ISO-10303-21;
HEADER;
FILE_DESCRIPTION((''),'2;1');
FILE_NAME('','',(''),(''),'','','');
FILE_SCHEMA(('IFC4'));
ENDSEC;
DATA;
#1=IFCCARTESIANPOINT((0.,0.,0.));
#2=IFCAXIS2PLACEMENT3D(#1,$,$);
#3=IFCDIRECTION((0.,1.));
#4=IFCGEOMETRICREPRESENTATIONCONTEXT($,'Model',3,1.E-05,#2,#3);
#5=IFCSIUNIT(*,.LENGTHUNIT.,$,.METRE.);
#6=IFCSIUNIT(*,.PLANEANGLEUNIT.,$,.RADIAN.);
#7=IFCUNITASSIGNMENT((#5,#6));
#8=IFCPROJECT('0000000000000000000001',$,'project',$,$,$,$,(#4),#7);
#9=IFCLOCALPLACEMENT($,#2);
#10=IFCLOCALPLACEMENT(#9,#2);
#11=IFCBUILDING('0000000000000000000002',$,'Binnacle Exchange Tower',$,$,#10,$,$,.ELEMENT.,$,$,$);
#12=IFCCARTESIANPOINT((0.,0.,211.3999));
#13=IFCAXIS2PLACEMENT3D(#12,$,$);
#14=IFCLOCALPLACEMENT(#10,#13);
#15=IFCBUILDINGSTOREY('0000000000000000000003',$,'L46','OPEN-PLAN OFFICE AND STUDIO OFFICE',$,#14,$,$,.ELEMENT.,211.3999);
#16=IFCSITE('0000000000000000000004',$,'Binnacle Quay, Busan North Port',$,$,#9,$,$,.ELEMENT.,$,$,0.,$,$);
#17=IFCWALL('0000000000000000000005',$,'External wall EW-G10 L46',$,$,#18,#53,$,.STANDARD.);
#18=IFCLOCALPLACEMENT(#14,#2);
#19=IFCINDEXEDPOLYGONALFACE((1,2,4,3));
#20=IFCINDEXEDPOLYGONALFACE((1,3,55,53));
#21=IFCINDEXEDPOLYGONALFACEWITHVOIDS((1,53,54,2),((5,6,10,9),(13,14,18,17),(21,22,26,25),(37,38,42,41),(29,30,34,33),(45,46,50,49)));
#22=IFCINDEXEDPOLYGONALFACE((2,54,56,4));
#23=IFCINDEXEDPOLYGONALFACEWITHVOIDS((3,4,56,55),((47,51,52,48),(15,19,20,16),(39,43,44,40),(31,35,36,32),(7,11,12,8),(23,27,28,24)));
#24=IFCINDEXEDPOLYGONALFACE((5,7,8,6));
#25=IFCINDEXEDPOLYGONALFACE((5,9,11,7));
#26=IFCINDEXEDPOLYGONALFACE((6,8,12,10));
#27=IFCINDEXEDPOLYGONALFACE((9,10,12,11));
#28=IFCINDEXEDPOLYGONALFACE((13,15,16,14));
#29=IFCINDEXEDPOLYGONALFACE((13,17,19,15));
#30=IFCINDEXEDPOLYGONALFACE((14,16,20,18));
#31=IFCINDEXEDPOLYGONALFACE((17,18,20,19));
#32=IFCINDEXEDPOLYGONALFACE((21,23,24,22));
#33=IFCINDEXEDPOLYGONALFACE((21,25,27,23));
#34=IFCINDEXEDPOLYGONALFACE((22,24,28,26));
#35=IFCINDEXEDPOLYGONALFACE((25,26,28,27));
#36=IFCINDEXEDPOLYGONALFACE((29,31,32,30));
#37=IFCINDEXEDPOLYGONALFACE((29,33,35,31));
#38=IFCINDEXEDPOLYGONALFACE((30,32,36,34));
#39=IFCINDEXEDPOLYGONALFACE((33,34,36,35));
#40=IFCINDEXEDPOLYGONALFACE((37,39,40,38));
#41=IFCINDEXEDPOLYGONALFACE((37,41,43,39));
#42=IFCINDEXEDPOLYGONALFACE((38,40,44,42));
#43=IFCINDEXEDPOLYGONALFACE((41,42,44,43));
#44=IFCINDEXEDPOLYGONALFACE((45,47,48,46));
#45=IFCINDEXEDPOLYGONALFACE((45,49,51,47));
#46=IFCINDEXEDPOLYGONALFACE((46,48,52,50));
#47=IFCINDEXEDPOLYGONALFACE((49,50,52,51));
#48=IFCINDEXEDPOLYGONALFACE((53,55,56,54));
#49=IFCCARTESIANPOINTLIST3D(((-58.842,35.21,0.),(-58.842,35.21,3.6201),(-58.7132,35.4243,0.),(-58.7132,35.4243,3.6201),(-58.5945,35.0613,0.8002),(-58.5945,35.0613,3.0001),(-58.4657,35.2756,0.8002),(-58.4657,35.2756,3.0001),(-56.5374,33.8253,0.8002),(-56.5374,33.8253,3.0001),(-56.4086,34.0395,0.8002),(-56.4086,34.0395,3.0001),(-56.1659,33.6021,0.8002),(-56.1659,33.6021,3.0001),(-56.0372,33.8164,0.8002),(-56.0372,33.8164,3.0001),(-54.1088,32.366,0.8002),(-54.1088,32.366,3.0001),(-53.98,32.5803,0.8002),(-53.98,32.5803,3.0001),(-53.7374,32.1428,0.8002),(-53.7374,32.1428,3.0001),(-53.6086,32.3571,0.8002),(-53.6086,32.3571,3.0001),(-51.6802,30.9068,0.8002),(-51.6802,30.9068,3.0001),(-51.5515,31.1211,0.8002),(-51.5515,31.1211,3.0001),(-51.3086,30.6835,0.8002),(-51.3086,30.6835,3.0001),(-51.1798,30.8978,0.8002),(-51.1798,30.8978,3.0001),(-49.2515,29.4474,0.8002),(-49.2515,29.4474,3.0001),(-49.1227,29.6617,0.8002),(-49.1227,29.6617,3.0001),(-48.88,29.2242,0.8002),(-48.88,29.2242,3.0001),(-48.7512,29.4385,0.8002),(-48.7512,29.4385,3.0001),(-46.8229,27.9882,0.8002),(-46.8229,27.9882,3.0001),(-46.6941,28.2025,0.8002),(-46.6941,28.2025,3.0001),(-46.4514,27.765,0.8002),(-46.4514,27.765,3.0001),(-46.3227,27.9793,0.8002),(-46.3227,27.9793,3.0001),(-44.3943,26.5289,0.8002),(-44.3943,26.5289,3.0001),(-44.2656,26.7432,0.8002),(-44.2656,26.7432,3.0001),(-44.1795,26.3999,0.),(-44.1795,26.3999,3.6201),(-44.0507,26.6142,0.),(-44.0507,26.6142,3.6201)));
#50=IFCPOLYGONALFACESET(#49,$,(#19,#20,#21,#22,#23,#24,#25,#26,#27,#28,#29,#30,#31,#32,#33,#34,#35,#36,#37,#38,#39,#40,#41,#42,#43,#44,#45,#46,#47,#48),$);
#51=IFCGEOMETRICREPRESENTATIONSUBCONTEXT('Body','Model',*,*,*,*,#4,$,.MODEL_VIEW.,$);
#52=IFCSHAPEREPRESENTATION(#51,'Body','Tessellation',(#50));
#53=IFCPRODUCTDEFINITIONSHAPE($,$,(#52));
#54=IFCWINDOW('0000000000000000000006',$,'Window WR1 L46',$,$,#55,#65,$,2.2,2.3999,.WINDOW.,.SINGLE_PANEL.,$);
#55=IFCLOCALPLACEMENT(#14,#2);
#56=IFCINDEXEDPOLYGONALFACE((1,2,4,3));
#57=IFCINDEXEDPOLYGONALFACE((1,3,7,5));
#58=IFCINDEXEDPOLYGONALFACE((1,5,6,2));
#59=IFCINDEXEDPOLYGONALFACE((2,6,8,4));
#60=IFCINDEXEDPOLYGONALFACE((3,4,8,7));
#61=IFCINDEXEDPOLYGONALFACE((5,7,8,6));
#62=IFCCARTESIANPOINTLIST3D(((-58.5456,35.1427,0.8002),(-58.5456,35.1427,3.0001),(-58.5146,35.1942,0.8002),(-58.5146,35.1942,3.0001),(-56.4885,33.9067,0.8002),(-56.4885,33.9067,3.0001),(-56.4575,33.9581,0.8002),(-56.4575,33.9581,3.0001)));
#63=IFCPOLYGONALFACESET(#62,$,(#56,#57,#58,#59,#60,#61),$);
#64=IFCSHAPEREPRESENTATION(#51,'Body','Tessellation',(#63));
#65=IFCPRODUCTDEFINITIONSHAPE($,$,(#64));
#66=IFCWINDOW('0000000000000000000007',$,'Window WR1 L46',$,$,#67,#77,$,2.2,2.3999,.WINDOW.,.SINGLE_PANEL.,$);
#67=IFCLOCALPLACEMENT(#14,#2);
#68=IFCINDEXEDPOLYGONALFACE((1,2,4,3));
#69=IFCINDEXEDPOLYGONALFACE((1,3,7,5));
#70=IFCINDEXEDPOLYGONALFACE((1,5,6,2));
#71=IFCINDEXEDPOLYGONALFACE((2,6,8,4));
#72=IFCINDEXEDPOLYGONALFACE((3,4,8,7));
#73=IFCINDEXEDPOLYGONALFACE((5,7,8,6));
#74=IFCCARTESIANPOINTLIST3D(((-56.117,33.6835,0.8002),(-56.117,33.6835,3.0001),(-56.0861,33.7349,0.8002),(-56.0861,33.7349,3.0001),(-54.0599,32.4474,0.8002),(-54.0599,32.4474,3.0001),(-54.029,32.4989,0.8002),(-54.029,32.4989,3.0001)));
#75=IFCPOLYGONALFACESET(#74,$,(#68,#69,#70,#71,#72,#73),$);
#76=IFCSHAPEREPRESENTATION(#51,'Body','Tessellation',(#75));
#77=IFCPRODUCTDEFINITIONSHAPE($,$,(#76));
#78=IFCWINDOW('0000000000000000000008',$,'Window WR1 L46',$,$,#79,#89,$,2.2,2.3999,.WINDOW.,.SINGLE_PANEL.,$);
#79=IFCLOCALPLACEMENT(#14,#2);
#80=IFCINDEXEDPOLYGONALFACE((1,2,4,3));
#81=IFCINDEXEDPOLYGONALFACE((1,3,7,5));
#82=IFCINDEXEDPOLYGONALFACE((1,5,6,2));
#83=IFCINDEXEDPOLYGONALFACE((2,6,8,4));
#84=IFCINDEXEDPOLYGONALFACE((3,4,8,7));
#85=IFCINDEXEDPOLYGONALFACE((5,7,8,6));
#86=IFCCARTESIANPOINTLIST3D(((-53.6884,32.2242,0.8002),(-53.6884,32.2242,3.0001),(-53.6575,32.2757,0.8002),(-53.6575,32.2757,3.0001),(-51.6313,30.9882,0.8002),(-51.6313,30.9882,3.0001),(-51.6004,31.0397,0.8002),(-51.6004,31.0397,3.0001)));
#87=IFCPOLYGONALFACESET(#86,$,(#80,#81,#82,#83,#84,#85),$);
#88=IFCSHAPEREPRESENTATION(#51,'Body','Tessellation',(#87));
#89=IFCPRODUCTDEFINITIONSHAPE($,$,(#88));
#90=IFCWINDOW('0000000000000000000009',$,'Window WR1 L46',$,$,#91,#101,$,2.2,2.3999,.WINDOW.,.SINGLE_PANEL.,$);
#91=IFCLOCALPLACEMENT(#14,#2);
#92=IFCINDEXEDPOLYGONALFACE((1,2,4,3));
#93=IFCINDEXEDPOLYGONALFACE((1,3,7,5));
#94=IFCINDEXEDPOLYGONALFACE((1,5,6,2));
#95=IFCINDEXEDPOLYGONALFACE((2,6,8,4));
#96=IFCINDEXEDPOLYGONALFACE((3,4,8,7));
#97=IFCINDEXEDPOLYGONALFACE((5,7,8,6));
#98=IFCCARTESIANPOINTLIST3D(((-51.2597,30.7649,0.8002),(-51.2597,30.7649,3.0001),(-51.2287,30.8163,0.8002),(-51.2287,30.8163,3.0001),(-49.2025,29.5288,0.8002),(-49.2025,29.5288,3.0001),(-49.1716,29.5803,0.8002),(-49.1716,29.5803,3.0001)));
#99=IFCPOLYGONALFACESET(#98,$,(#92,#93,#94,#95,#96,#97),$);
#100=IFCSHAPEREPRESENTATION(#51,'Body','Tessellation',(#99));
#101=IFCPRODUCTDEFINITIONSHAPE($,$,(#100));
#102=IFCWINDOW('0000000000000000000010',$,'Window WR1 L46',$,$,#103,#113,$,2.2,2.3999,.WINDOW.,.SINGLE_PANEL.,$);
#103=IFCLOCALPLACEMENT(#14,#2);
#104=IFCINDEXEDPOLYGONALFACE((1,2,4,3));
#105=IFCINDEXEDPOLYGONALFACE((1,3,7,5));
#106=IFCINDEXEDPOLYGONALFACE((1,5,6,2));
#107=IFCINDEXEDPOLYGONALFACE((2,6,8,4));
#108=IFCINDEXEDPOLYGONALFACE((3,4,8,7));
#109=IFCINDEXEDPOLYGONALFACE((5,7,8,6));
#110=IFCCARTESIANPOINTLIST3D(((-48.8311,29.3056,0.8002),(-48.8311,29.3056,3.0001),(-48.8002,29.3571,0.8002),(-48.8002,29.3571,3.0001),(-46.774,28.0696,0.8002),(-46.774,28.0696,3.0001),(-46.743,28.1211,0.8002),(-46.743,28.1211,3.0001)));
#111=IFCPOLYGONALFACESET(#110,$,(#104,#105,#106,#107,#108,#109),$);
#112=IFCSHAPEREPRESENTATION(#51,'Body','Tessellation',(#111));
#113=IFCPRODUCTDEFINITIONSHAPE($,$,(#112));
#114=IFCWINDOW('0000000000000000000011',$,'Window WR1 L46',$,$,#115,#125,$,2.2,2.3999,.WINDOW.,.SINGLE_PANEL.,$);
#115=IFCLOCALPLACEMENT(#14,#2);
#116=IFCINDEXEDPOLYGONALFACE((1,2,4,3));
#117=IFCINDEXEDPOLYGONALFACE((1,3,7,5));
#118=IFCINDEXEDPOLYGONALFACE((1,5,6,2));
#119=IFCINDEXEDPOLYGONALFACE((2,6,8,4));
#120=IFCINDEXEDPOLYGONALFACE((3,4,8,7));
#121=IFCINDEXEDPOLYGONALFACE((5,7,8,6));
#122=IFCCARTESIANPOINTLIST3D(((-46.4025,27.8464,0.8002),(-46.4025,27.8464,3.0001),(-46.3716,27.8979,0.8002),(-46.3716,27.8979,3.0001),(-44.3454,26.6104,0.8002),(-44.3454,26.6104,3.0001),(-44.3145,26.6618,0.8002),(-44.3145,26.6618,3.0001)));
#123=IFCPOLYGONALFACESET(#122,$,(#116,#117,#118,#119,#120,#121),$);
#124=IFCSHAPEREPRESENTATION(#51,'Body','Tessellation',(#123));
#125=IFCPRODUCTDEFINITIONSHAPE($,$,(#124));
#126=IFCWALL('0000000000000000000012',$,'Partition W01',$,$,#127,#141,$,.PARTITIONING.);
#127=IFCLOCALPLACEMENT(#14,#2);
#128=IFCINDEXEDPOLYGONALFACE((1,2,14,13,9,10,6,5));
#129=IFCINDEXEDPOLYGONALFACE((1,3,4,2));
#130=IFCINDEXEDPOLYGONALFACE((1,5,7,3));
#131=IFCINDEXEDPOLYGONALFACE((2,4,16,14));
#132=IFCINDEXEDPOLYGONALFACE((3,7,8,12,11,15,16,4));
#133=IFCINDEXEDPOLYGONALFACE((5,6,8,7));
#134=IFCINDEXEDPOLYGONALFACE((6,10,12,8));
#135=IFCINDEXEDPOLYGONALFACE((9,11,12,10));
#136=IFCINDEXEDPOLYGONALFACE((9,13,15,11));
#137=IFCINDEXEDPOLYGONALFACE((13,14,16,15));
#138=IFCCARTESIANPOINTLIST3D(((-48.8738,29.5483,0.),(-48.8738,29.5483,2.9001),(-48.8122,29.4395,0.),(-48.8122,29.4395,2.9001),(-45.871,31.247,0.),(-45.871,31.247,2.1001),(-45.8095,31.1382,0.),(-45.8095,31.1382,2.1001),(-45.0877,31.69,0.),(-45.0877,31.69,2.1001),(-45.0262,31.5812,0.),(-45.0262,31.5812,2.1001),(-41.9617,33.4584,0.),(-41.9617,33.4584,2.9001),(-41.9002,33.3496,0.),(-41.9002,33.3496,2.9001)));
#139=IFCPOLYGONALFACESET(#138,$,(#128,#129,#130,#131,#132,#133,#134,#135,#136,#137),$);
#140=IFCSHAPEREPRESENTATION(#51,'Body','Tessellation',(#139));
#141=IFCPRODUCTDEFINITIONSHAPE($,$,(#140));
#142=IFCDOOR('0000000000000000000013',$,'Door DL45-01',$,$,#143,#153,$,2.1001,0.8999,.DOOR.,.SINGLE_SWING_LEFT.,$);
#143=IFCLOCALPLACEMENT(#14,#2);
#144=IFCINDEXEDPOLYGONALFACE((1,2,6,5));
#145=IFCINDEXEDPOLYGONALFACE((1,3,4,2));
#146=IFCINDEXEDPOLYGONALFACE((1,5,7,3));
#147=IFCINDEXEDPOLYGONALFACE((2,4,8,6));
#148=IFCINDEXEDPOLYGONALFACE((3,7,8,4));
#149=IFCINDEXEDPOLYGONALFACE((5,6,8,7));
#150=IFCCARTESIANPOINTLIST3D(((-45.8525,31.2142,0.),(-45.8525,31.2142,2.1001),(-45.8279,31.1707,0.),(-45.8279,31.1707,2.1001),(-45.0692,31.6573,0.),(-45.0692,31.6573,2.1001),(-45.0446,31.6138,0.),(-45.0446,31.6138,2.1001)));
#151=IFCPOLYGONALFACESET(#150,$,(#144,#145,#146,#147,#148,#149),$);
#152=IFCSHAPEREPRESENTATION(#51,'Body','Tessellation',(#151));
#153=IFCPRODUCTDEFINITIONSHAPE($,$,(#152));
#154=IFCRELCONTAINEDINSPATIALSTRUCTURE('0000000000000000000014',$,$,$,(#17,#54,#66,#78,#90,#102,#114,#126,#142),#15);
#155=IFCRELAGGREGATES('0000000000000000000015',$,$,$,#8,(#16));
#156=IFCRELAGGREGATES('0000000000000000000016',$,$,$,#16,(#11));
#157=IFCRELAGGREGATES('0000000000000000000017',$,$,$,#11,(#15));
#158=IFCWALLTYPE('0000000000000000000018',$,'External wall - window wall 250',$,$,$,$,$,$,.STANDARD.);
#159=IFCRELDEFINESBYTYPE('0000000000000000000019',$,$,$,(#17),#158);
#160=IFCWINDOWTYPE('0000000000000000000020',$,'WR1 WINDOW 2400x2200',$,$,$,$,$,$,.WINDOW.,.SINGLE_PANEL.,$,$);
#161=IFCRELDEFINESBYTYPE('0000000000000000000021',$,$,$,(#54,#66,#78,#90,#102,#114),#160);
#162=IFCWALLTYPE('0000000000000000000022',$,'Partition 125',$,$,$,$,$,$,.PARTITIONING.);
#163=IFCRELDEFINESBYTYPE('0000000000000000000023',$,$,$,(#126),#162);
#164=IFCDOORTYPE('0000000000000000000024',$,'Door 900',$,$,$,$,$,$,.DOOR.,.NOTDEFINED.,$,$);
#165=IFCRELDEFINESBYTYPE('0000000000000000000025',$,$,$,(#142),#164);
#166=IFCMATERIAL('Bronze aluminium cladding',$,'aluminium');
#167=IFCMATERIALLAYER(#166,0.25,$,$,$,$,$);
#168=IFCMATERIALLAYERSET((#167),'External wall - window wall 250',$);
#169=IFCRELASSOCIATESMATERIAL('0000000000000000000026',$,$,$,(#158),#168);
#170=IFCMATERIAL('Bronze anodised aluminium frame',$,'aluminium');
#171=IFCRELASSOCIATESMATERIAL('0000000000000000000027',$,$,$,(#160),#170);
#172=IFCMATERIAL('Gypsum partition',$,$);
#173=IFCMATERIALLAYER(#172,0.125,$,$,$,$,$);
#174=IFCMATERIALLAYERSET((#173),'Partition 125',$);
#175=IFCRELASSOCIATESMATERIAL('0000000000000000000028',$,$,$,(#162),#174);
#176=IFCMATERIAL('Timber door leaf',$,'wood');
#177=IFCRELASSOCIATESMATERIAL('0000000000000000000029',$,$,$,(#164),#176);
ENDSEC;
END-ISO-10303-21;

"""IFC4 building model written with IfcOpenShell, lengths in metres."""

from ifc_helpers import new_model, si_unit, direction, frame, frame_2d, origin, place, context, subcontext, project, spatial, rectangle, extrude, material, layer, layer_set, type_object, element, fill, save


model = new_model("IFC4")

# Units and contexts
model_context = context("Model", 3, precision=1e-05, world=origin(), true_north=direction((0.0, 1.0)))
body_context = subcontext(model_context, "Body", "Model", "MODEL_VIEW")
ifc_project = project(units=[si_unit("LENGTHUNIT", "METRE"), si_unit("PLANEANGLEUNIT", "RADIAN")], contexts=[model_context])

# Site, building, storey
site_placement = place(None, origin())
site = spatial("IfcSite", under=ifc_project, at=site_placement, Name="Binnacle Quay, Busan North Port", CompositionType="ELEMENT", RefElevation=0.0)
building_placement = place(site_placement, origin())
building = spatial("IfcBuilding", under=site, at=building_placement, Name="Binnacle Exchange Tower", CompositionType="ELEMENT")
storey_placement = place(building_placement, frame((0.0, 0.0, 211.3999)))
storey = spatial("IfcBuildingStorey", under=building, at=storey_placement, Name="L46", Description="OPEN-PLAN OFFICE AND STUDIO OFFICE", CompositionType="ELEMENT", Elevation=211.3999)

# Shared definitions
ifc_material_1 = material(Name="Bronze aluminium cladding", Category="aluminium")
ifc_layer_1 = layer(ifc_material_1, 0.25)
ifc_layer_set_1 = layer_set([ifc_layer_1], Name="External wall - window wall 250")
wall_type_1 = type_object("IfcWallType", Name="External wall - window wall 250", PredefinedType="STANDARD", material=ifc_layer_set_1)

# Wall, openings, windows
wall_1_placement = place(storey_placement, frame((-44.1152, 26.5071, 0.0), z_axis=(0.0, 0.0, 1.0), x_axis=(-0.857167, 0.515039, 0.0)))
wall_1 = element("IfcWall", 1, at=wall_1_placement, inside=storey, type_object=wall_type_1, Name="External wall EW-G10 L46", PredefinedType="STANDARD", context=body_context, shape_type="SweptSolid", body=[
    extrude(rectangle(XDim=17.1057, YDim=0.25, at=frame_2d((8.5527, 0.0))), origin(), (0.0, 0.0, 1.0), 3.6201),
])
opening_1_placement = place(wall_1_placement, frame((14.417, 0.0, 0.8)))
opening_1 = element("IfcOpeningElement", 2, at=opening_1_placement, cuts=wall_1, PredefinedType="OPENING", context=body_context, shape_type="SweptSolid", body=[
    extrude(rectangle(XDim=2.3999, YDim=2.2, at=frame_2d((1.2, 1.1001))), frame((0.0, 0.135, 0.0), z_axis=(0.0, -1.0, 0.0), x_axis=(1.0, 0.0, 0.0)), (0.0, 0.0, 1.0), 0.27),
])
opening_2_placement = place(wall_1_placement, frame((11.5837, 0.0, 0.8)))
opening_2 = element("IfcOpeningElement", 3, at=opening_2_placement, cuts=wall_1, PredefinedType="OPENING", context=body_context, shape_type="SweptSolid", body=[
    extrude(rectangle(XDim=2.3999, YDim=2.2, at=frame_2d((1.2, 1.1001))), frame((0.0, 0.135, 0.0), z_axis=(0.0, -1.0, 0.0), x_axis=(1.0, 0.0, 0.0)), (0.0, 0.0, 1.0), 0.27),
])
opening_3_placement = place(wall_1_placement, frame((8.7505, 0.0, 0.8)))
opening_3 = element("IfcOpeningElement", 4, at=opening_3_placement, cuts=wall_1, PredefinedType="OPENING", context=body_context, shape_type="SweptSolid", body=[
    extrude(rectangle(XDim=2.3999, YDim=2.2, at=frame_2d((1.2, 1.1001))), frame((0.0, 0.135, 0.0), z_axis=(0.0, -1.0, 0.0), x_axis=(1.0, 0.0, 0.0)), (0.0, 0.0, 1.0), 0.27),
])
opening_4_placement = place(wall_1_placement, frame((5.917, 0.0, 0.8)))
opening_4 = element("IfcOpeningElement", 5, at=opening_4_placement, cuts=wall_1, PredefinedType="OPENING", context=body_context, shape_type="SweptSolid", body=[
    extrude(rectangle(XDim=2.3999, YDim=2.2, at=frame_2d((1.2, 1.1001))), frame((0.0, 0.135, 0.0), z_axis=(0.0, -1.0, 0.0), x_axis=(1.0, 0.0, 0.0)), (0.0, 0.0, 1.0), 0.27),
])
opening_5_placement = place(wall_1_placement, frame((3.0837, 0.0, 0.8)))
opening_5 = element("IfcOpeningElement", 6, at=opening_5_placement, cuts=wall_1, PredefinedType="OPENING", context=body_context, shape_type="SweptSolid", body=[
    extrude(rectangle(XDim=2.3999, YDim=2.2, at=frame_2d((1.2, 1.1001))), frame((0.0, 0.135, 0.0), z_axis=(0.0, -1.0, 0.0), x_axis=(1.0, 0.0, 0.0)), (0.0, 0.0, 1.0), 0.27),
])
opening_6_placement = place(wall_1_placement, frame((0.2505, 0.0, 0.8)))
opening_6 = element("IfcOpeningElement", 7, at=opening_6_placement, cuts=wall_1, PredefinedType="OPENING", context=body_context, shape_type="SweptSolid", body=[
    extrude(rectangle(XDim=2.3999, YDim=2.2, at=frame_2d((1.2, 1.1001))), frame((0.0, 0.135, 0.0), z_axis=(0.0, -1.0, 0.0), x_axis=(1.0, 0.0, 0.0)), (0.0, 0.0, 1.0), 0.27),
])
ifc_material_2 = material(Name="Bronze anodised aluminium frame", Category="aluminium")
window_type = type_object("IfcWindowType", Name="WR1 WINDOW 2400x2200", PartitioningType="SINGLE_PANEL", PredefinedType="WINDOW", material=ifc_material_2)
window_1_placement = place(opening_1_placement, origin())
window_1 = element("IfcWindow", 8, at=window_1_placement, inside=storey, type_object=window_type, Name="Window WR1 L46", OverallHeight=2.2, OverallWidth=2.3999, PartitioningType="SINGLE_PANEL", PredefinedType="WINDOW", context=body_context, shape_type="SweptSolid", body=[
    extrude(rectangle(XDim=2.3999, YDim=2.2, at=frame_2d((1.2, 1.1001))), frame((0.0, 0.03, 0.0), z_axis=(0.0, -1.0, 0.0), x_axis=(1.0, 0.0, 0.0)), (0.0, 0.0, 1.0), 0.0601),
])
fill(opening_1, window_1)
window_2_placement = place(opening_2_placement, origin())
window_2 = element("IfcWindow", 9, at=window_2_placement, inside=storey, type_object=window_type, Name="Window WR1 L46", OverallHeight=2.2, OverallWidth=2.3999, PartitioningType="SINGLE_PANEL", PredefinedType="WINDOW", context=body_context, shape_type="SweptSolid", body=[
    extrude(rectangle(XDim=2.3999, YDim=2.2, at=frame_2d((1.2, 1.1001))), frame((0.0, 0.03, 0.0), z_axis=(0.0, -1.0, 0.0), x_axis=(1.0, 0.0, 0.0)), (0.0, 0.0, 1.0), 0.0601),
])
fill(opening_2, window_2)
window_3_placement = place(opening_3_placement, origin())
window_3 = element("IfcWindow", 10, at=window_3_placement, inside=storey, type_object=window_type, Name="Window WR1 L46", OverallHeight=2.2, OverallWidth=2.3999, PartitioningType="SINGLE_PANEL", PredefinedType="WINDOW", context=body_context, shape_type="SweptSolid", body=[
    extrude(rectangle(XDim=2.3999, YDim=2.2, at=frame_2d((1.2, 1.1001))), frame((0.0, 0.03, 0.0), z_axis=(0.0, -1.0, 0.0), x_axis=(1.0, 0.0, 0.0)), (0.0, 0.0, 1.0), 0.0601),
])
fill(opening_3, window_3)
window_4_placement = place(opening_4_placement, origin())
window_4 = element("IfcWindow", 11, at=window_4_placement, inside=storey, type_object=window_type, Name="Window WR1 L46", OverallHeight=2.2, OverallWidth=2.3999, PartitioningType="SINGLE_PANEL", PredefinedType="WINDOW", context=body_context, shape_type="SweptSolid", body=[
    extrude(rectangle(XDim=2.3999, YDim=2.2, at=frame_2d((1.2, 1.1001))), frame((0.0, 0.03, 0.0), z_axis=(0.0, -1.0, 0.0), x_axis=(1.0, 0.0, 0.0)), (0.0, 0.0, 1.0), 0.0601),
])
fill(opening_4, window_4)
window_5_placement = place(opening_5_placement, origin())
window_5 = element("IfcWindow", 12, at=window_5_placement, inside=storey, type_object=window_type, Name="Window WR1 L46", OverallHeight=2.2, OverallWidth=2.3999, PartitioningType="SINGLE_PANEL", PredefinedType="WINDOW", context=body_context, shape_type="SweptSolid", body=[
    extrude(rectangle(XDim=2.3999, YDim=2.2, at=frame_2d((1.2, 1.1001))), frame((0.0, 0.03, 0.0), z_axis=(0.0, -1.0, 0.0), x_axis=(1.0, 0.0, 0.0)), (0.0, 0.0, 1.0), 0.0601),
])
fill(opening_5, window_5)
window_6_placement = place(opening_6_placement, origin())
window_6 = element("IfcWindow", 13, at=window_6_placement, inside=storey, type_object=window_type, Name="Window WR1 L46", OverallHeight=2.2, OverallWidth=2.3999, PartitioningType="SINGLE_PANEL", PredefinedType="WINDOW", context=body_context, shape_type="SweptSolid", body=[
    extrude(rectangle(XDim=2.3999, YDim=2.2, at=frame_2d((1.2, 1.1001))), frame((0.0, 0.03, 0.0), z_axis=(0.0, -1.0, 0.0), x_axis=(1.0, 0.0, 0.0)), (0.0, 0.0, 1.0), 0.0601),
])
fill(opening_6, window_6)

# Wall, opening, door
ifc_material_3 = material(Name="Gypsum partition")
ifc_layer_2 = layer(ifc_material_3, 0.125)
ifc_layer_set_2 = layer_set([ifc_layer_2], Name="Partition 125")
wall_type_2 = type_object("IfcWallType", Name="Partition 125", PredefinedType="PARTITIONING", material=ifc_layer_set_2)
wall_2_placement = place(storey_placement, frame((-48.843, 29.4939, 0.0), z_axis=(0.0, 0.0, 1.0), x_axis=(0.870384, 0.492373, 0.0)))
wall_2 = element("IfcWall", 14, at=wall_2_placement, inside=storey, type_object=wall_type_2, Name="Partition W01", PredefinedType="PARTITIONING", context=body_context, shape_type="SweptSolid", body=[
    extrude(rectangle(XDim=7.9414, YDim=0.125, at=frame_2d((3.9707, 0.0))), origin(), (0.0, 0.0, 1.0), 2.9001),
])
opening_7_placement = place(wall_2_placement, frame((3.45, 0.0, 0.0)))
opening_7 = element("IfcOpeningElement", 15, at=opening_7_placement, cuts=wall_2, PredefinedType="OPENING", context=body_context, shape_type="SweptSolid", body=[
    extrude(rectangle(XDim=0.8999, YDim=2.1001, at=frame_2d((0.45, 1.05))), frame((0.0, 0.0725, 0.0), z_axis=(0.0, -1.0, 0.0), x_axis=(1.0, 0.0, 0.0)), (0.0, 0.0, 1.0), 0.145),
])
ifc_material_4 = material(Name="Timber door leaf", Category="wood")
door_type_1 = type_object("IfcDoorType", Name="Door 900", OperationType="NOTDEFINED", PredefinedType="DOOR", material=ifc_material_4)
door_1_placement = place(opening_7_placement, origin())
door_1 = element("IfcDoor", 16, at=door_1_placement, inside=storey, type_object=door_type_1, Name="Door DL45-01", OperationType="SINGLE_SWING_LEFT", OverallHeight=2.1001, OverallWidth=0.8999, PredefinedType="DOOR", context=body_context, shape_type="SweptSolid", body=[
    extrude(rectangle(XDim=0.8999, YDim=2.1001, at=frame_2d((0.45, 1.05))), frame((0.0, 0.0249, 0.0), z_axis=(0.0, -1.0, 0.0), x_axis=(1.0, 0.0, 0.0)), (0.0, 0.0, 1.0), 0.05),
])
fill(opening_7, door_1)

save(model, "model.ifc")
